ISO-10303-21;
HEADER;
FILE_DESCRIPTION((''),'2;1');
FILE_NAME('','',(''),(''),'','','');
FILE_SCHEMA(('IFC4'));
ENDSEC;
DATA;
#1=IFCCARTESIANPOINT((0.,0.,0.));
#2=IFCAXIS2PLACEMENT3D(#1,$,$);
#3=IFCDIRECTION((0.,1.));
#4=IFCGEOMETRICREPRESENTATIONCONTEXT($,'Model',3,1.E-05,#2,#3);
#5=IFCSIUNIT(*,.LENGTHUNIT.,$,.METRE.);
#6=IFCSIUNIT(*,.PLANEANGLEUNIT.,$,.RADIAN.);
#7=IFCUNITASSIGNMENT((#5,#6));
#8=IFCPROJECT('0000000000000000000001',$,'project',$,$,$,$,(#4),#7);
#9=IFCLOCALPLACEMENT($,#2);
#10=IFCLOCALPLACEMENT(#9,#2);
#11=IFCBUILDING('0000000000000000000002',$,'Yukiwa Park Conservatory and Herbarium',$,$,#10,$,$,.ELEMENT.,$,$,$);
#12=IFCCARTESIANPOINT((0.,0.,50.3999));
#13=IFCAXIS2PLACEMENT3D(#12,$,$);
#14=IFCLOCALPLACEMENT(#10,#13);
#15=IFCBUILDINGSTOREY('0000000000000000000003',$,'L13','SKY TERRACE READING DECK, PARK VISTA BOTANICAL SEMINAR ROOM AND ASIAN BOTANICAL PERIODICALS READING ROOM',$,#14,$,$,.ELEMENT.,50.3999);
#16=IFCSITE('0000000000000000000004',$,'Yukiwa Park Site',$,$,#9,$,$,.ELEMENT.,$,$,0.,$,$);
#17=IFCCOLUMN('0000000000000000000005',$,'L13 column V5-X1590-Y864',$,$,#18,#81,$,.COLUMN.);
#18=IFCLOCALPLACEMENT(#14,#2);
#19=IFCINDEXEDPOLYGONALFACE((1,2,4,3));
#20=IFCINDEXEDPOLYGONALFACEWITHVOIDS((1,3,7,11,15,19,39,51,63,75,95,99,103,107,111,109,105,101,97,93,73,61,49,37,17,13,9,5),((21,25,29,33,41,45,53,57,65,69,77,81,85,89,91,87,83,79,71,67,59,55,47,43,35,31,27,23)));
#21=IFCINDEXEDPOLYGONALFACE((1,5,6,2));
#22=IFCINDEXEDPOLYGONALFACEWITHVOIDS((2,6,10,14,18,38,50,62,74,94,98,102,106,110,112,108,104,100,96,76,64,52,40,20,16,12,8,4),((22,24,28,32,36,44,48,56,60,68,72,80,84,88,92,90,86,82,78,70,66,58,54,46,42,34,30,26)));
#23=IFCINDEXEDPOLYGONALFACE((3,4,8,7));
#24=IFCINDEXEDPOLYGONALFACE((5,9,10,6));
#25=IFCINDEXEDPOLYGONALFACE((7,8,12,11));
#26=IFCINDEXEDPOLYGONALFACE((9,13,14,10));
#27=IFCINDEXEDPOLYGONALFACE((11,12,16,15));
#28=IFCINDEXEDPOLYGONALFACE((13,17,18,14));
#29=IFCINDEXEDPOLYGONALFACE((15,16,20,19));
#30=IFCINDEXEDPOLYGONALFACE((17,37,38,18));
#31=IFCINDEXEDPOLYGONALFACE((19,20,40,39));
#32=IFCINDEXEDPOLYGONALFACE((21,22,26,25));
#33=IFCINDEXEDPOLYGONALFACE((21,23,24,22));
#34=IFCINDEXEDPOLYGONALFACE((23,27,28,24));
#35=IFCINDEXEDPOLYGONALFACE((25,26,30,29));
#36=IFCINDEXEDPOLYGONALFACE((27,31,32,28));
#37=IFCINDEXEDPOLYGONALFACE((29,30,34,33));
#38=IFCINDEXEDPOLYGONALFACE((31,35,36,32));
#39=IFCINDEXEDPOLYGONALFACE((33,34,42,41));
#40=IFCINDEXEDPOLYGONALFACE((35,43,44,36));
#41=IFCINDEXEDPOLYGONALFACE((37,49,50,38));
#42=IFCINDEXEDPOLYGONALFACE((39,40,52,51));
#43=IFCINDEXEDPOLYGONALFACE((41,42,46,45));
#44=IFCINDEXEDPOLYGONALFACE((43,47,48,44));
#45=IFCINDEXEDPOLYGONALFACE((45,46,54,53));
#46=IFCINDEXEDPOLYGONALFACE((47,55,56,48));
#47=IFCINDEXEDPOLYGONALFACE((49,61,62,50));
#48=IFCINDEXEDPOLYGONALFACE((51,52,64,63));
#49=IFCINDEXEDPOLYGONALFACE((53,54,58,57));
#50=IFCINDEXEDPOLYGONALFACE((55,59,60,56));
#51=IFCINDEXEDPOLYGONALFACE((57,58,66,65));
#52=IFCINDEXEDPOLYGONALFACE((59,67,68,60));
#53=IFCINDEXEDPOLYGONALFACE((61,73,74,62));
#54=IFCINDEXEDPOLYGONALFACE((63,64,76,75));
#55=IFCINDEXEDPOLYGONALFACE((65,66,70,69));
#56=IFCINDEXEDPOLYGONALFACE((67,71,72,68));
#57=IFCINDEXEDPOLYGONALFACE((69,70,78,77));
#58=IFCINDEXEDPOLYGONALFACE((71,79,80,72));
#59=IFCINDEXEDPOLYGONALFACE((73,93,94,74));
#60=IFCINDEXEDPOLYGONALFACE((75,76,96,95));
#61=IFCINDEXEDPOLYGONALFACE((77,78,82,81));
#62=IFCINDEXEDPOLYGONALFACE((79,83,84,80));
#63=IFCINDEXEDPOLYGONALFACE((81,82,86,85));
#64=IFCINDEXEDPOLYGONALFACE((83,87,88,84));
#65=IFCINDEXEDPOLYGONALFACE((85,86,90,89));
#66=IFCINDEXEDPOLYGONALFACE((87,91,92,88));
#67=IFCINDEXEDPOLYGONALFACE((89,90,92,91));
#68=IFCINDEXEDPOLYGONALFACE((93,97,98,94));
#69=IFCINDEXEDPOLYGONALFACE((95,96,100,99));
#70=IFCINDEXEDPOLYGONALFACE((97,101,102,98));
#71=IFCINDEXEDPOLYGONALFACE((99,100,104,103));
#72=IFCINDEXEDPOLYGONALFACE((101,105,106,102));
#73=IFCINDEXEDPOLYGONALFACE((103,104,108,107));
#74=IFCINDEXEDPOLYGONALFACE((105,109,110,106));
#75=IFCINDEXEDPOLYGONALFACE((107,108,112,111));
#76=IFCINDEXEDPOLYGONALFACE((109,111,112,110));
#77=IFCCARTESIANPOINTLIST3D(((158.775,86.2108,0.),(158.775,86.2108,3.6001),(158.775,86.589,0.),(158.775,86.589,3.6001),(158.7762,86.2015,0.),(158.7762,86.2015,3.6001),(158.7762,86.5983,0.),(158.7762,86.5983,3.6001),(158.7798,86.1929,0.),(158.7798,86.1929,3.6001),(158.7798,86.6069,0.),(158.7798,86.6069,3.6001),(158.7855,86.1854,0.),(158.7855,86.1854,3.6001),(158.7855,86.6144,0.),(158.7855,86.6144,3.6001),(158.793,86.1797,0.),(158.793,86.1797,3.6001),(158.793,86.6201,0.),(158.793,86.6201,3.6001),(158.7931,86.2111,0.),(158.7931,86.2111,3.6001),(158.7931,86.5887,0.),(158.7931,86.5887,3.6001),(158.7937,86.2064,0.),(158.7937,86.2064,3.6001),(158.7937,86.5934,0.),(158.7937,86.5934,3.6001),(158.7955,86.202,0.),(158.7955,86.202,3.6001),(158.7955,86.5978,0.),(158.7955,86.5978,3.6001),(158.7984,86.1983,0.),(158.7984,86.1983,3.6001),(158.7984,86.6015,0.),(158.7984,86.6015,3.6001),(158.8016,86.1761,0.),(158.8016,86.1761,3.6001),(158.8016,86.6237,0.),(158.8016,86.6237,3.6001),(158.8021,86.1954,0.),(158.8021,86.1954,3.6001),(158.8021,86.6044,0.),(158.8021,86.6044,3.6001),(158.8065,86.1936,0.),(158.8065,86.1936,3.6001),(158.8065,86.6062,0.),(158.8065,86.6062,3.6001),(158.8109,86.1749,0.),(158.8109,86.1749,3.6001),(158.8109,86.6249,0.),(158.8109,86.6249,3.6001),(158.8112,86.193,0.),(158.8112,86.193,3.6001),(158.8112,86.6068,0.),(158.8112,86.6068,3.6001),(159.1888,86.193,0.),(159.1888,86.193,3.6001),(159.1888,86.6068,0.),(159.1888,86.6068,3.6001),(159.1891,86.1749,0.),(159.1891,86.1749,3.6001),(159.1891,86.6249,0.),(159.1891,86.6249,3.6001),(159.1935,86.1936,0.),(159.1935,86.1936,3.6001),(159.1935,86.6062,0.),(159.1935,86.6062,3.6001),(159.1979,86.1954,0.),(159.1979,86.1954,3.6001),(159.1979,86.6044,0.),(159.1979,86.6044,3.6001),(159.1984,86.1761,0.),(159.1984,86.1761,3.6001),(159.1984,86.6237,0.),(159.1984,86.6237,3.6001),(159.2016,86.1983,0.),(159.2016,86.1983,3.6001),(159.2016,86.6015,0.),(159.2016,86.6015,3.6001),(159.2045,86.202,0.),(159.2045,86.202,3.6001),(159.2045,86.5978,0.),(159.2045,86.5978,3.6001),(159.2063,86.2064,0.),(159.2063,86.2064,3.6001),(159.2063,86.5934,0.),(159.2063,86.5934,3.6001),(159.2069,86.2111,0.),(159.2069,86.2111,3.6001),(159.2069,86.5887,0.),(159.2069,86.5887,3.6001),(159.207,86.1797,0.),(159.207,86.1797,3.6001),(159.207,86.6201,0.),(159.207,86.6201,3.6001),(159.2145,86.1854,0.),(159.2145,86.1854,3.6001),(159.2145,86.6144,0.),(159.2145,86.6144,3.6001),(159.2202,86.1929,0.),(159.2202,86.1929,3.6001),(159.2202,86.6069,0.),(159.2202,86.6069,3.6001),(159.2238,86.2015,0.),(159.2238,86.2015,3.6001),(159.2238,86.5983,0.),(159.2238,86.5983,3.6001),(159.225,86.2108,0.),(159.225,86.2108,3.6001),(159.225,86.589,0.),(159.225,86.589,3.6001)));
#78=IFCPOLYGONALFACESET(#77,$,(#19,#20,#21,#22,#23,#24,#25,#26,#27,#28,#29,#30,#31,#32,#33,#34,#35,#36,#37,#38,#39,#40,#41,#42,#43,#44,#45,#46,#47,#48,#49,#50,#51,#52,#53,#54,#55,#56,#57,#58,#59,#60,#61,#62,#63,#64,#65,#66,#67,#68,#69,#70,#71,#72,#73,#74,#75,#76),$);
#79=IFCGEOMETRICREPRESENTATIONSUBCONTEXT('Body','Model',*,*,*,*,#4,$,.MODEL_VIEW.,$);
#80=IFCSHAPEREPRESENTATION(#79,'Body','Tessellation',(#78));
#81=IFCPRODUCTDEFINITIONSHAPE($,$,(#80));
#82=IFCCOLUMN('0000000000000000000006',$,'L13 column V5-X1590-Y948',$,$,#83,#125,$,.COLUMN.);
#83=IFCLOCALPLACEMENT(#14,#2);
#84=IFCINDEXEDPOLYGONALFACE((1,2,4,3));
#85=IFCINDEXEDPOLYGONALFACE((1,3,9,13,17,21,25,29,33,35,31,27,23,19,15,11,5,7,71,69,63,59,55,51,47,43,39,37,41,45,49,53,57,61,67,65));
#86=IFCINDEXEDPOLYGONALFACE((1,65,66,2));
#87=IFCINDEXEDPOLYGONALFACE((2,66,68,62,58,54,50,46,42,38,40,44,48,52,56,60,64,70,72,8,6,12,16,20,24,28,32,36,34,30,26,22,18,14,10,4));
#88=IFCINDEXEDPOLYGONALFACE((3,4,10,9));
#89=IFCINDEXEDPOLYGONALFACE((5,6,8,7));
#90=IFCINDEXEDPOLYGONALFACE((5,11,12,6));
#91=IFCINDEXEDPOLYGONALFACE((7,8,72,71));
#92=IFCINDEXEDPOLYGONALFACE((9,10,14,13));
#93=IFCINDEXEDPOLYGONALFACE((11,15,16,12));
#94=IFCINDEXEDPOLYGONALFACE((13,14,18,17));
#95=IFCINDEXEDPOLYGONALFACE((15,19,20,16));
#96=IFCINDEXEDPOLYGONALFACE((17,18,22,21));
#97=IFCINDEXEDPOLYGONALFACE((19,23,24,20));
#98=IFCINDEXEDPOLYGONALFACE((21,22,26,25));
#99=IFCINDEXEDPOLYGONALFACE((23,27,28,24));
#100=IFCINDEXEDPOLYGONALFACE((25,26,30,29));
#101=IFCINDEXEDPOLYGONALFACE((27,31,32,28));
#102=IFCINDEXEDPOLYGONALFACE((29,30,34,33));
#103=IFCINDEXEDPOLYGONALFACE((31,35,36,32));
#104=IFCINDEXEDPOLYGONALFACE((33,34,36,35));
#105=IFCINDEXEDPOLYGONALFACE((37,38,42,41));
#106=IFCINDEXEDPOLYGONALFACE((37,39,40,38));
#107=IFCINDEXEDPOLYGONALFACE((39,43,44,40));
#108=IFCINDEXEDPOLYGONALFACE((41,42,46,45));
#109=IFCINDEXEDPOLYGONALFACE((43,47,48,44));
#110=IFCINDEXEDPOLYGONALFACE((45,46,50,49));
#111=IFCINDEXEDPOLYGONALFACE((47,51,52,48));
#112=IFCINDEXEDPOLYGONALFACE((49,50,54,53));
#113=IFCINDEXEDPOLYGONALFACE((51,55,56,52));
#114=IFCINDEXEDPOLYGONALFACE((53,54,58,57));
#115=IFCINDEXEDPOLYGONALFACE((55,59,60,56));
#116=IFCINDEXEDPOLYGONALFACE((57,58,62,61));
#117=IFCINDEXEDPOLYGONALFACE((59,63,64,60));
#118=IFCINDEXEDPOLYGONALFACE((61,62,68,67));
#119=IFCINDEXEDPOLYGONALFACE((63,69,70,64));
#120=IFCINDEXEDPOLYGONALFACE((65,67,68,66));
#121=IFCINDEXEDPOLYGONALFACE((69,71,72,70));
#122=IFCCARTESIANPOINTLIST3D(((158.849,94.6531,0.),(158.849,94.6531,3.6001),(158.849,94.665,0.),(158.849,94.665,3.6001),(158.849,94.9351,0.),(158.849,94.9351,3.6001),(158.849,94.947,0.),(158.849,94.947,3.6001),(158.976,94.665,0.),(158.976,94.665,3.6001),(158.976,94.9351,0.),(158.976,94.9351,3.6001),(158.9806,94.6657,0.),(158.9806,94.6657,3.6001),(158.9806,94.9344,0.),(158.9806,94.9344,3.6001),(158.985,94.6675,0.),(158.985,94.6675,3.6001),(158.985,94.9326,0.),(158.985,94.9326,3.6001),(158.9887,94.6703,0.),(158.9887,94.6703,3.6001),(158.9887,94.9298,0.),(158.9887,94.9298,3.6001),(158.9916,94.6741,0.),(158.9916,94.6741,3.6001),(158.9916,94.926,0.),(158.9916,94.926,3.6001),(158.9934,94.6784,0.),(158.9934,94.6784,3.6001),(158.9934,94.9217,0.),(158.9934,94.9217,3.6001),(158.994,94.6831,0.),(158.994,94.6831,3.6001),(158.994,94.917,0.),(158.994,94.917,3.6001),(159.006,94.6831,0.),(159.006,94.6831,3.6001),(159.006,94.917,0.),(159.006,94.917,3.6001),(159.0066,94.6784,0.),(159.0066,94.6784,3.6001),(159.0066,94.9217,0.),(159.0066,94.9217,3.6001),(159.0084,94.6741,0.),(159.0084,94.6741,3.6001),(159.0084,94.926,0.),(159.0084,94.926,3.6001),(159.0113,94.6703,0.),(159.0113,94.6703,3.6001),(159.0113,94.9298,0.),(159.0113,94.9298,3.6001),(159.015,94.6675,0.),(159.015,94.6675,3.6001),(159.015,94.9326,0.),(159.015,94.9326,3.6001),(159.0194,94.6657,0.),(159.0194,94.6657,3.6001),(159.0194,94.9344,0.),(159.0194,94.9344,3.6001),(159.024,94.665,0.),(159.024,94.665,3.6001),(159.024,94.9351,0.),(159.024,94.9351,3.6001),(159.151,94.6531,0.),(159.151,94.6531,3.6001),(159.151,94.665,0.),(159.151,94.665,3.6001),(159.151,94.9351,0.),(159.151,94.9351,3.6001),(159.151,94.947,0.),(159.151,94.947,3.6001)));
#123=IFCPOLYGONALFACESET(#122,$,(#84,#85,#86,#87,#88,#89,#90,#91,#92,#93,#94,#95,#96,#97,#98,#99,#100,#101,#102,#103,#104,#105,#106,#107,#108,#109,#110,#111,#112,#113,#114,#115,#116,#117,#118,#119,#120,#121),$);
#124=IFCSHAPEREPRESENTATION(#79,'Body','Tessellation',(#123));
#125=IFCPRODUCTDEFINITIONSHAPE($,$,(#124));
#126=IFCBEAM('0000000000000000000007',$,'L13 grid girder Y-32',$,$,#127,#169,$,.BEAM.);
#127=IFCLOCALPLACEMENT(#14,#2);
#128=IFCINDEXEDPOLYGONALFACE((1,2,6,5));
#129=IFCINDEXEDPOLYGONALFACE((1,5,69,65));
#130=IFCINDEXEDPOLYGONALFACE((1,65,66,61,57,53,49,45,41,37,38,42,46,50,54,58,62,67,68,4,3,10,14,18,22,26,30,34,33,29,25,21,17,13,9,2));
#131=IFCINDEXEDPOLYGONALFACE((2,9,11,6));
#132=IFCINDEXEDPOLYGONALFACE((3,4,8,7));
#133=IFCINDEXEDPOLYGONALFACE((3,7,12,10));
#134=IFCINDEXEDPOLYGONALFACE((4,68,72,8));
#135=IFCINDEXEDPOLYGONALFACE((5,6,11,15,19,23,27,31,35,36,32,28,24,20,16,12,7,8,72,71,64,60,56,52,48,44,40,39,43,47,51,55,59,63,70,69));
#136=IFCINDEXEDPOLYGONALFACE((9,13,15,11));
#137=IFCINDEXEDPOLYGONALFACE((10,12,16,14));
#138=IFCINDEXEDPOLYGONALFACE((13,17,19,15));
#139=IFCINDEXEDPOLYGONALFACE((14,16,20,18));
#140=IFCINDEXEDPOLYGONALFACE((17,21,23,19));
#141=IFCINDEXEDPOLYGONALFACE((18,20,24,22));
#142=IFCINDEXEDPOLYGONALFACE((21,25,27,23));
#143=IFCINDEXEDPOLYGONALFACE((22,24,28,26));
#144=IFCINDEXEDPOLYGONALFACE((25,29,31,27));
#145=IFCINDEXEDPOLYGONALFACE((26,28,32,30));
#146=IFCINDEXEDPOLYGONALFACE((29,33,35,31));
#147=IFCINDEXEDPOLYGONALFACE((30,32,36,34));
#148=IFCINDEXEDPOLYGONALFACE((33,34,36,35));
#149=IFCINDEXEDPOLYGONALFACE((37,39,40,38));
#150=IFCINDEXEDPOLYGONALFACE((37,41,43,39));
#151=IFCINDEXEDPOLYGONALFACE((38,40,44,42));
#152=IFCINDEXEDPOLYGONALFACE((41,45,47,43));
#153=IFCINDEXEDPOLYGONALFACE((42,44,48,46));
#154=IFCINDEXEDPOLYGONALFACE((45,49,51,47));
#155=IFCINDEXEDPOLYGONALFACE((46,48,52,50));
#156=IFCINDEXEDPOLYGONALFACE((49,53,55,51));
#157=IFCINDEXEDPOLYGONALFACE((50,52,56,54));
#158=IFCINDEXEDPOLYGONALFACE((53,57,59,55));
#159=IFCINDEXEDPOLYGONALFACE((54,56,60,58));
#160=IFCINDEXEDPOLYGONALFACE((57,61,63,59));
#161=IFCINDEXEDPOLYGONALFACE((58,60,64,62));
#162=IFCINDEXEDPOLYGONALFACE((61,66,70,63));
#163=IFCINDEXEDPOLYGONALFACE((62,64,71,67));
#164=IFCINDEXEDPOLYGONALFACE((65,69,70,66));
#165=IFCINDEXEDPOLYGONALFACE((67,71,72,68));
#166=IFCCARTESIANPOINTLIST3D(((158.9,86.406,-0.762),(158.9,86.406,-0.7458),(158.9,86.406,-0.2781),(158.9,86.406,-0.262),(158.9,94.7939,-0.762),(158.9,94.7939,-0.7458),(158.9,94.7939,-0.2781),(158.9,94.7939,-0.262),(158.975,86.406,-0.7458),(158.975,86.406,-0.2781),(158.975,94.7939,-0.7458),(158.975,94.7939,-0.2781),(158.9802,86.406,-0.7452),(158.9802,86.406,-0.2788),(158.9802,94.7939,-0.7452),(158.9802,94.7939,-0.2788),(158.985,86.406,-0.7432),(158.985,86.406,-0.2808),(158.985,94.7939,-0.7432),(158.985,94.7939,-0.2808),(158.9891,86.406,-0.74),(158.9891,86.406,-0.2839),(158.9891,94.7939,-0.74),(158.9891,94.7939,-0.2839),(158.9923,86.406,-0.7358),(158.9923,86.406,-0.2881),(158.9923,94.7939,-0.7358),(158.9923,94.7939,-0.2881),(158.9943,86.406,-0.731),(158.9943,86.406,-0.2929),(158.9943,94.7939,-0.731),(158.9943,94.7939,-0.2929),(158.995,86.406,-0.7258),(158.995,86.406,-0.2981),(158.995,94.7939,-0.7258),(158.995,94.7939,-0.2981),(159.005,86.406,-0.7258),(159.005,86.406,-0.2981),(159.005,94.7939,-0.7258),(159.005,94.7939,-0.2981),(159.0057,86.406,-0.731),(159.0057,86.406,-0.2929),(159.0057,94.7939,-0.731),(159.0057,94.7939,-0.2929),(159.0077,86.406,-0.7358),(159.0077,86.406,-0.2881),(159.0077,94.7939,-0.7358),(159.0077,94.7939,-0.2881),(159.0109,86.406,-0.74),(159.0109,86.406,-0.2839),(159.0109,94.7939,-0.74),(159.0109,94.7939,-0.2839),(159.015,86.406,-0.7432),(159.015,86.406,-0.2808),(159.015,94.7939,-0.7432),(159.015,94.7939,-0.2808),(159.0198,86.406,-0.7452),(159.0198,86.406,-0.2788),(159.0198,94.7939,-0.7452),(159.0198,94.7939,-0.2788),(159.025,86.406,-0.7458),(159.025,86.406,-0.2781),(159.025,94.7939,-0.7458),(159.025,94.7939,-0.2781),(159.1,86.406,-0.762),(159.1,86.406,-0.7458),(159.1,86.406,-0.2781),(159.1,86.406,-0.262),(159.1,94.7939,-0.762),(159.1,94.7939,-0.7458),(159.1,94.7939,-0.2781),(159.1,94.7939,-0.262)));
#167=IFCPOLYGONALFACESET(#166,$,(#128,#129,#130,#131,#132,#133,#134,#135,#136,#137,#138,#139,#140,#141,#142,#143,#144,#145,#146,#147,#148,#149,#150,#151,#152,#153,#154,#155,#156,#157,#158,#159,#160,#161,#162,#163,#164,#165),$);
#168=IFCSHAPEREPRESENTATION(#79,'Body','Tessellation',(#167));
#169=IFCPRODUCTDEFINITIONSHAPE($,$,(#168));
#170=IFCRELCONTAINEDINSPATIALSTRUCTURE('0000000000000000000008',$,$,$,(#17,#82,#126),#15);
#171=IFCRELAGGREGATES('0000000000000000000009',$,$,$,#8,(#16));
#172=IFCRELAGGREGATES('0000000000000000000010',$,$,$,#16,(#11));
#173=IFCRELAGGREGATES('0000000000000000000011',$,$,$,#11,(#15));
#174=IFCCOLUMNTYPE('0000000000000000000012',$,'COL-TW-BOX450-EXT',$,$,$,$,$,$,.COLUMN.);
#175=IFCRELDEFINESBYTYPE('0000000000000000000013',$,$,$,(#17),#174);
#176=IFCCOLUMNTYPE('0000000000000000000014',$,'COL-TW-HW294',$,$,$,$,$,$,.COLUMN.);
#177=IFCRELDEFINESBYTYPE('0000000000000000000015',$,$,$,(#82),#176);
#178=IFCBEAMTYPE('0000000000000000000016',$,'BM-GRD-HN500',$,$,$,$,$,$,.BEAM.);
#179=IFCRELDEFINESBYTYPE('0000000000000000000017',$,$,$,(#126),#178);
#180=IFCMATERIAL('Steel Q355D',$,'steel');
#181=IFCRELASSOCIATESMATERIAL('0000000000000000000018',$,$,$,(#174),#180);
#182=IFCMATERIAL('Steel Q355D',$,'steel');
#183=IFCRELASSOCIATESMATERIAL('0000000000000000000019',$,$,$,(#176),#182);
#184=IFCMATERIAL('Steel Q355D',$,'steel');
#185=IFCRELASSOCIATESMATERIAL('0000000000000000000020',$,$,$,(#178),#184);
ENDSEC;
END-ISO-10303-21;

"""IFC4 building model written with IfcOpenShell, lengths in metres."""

from ifc_helpers import new_model, si_unit, direction, frame, origin, origin_2d, place, context, subcontext, project, spatial, hollow_rectangle, i_section, extrude, material, material_profile, profile_set, type_object, element, save


model = new_model("IFC4")

# Units and contexts
model_context = context("Model", 3, precision=1e-05, world=origin(), true_north=direction((0.0, 1.0)))
body_context = subcontext(model_context, "Body", "Model", "MODEL_VIEW")
ifc_project = project(units=[si_unit("LENGTHUNIT", "METRE"), si_unit("PLANEANGLEUNIT", "RADIAN")], contexts=[model_context])

# Site, building, storey
site_placement = place(None, origin())
site = spatial("IfcSite", under=ifc_project, at=site_placement, Name="Yukiwa Park Site", CompositionType="ELEMENT", RefElevation=0.0)
building_placement = place(site_placement, origin())
building = spatial("IfcBuilding", under=site, at=building_placement, Name="Yukiwa Park Conservatory and Herbarium", CompositionType="ELEMENT")
storey_placement = place(building_placement, frame((0.0, 0.0, 50.3999)))
storey = spatial("IfcBuildingStorey", under=building, at=storey_placement, Name="L13", Description="SKY TERRACE READING DECK, PARK VISTA BOTANICAL SEMINAR ROOM AND ASIAN BOTANICAL PERIODICALS READING ROOM", CompositionType="ELEMENT", Elevation=50.3999)

# Columns
ifc_material_1 = material(Name="Steel Q355D", Category="steel")
ifc_material_profile_1 = material_profile(ifc_material_1, hollow_rectangle(XDim=0.45, YDim=0.45, WallThickness=0.0181, InnerFilletRadius=0.0181, OuterFilletRadius=0.0359, at=origin_2d()), Name="BOX 450x450x18")
ifc_profile_set_1 = profile_set([ifc_material_profile_1], Name="Steel Q355D")
column_type_1 = type_object("IfcColumnType", Name="COL-TW-BOX450-EXT", PredefinedType="COLUMN", material=ifc_profile_set_1)
column_1_placement = place(storey_placement, frame((159.0, 86.3999, 0.0), z_axis=(0.0, 0.0, 1.0), x_axis=(1.0, 0.0, 0.0)))
element("IfcColumn", 1, at=column_1_placement, inside=storey, type_object=column_type_1, Name="L13 column V5-X1590-Y864", PredefinedType="COLUMN", context=body_context, shape_type="SweptSolid", body=[
    extrude(hollow_rectangle(XDim=0.45, YDim=0.45, WallThickness=0.0181, InnerFilletRadius=0.0181, OuterFilletRadius=0.0359, at=origin_2d()), origin(), (0.0, 0.0, 1.0), 3.6001),
])
ifc_material_2 = material(Name="Steel Q355D", Category="steel")
ifc_material_profile_2 = material_profile(ifc_material_2, i_section(OverallWidth=0.302, OverallDepth=0.2939, WebThickness=0.012, FlangeThickness=0.012, FilletRadius=0.0181, at=origin_2d()), Name="HW 294x302x12x12")
ifc_profile_set_2 = profile_set([ifc_material_profile_2], Name="Steel Q355D")
column_type_2 = type_object("IfcColumnType", Name="COL-TW-HW294", PredefinedType="COLUMN", material=ifc_profile_set_2)
column_2_placement = place(storey_placement, frame((159.0, 94.8, 0.0), z_axis=(0.0, 0.0, 1.0), x_axis=(1.0, 0.0, 0.0)))
element("IfcColumn", 2, at=column_2_placement, inside=storey, type_object=column_type_2, Name="L13 column V5-X1590-Y948", PredefinedType="COLUMN", context=body_context, shape_type="SweptSolid", body=[
    extrude(i_section(OverallWidth=0.302, OverallDepth=0.2939, WebThickness=0.012, FlangeThickness=0.012, FilletRadius=0.0181, at=origin_2d()), origin(), (0.0, 0.0, 1.0), 3.6001),
])

# Beam
ifc_material_3 = material(Name="Steel Q355D", Category="steel")
ifc_material_profile_3 = material_profile(ifc_material_3, i_section(OverallWidth=0.2, OverallDepth=0.5, WebThickness=0.01, FlangeThickness=0.0161, FilletRadius=0.02, at=origin_2d()), Name="HN 500x200x10x16")
ifc_profile_set_3 = profile_set([ifc_material_profile_3], Name="Steel Q355D")
beam_type_1 = type_object("IfcBeamType", Name="BM-GRD-HN500", PredefinedType="BEAM", material=ifc_profile_set_3)
beam_1_placement = place(storey_placement, frame((159.0, 86.406, -0.512), z_axis=(0.0, 1.0, 0.0), x_axis=(-1.0, 0.0, 0.0)))
element("IfcBeam", 3, at=beam_1_placement, inside=storey, type_object=beam_type_1, Name="L13 grid girder Y-32", PredefinedType="BEAM", context=body_context, shape_type="SweptSolid", body=[
    extrude(i_section(OverallWidth=0.2, OverallDepth=0.5, WebThickness=0.01, FlangeThickness=0.0161, FilletRadius=0.02, at=origin_2d()), origin(), (0.0, 0.0, 1.0), 8.3879),
])

save(model, "model.ifc")
